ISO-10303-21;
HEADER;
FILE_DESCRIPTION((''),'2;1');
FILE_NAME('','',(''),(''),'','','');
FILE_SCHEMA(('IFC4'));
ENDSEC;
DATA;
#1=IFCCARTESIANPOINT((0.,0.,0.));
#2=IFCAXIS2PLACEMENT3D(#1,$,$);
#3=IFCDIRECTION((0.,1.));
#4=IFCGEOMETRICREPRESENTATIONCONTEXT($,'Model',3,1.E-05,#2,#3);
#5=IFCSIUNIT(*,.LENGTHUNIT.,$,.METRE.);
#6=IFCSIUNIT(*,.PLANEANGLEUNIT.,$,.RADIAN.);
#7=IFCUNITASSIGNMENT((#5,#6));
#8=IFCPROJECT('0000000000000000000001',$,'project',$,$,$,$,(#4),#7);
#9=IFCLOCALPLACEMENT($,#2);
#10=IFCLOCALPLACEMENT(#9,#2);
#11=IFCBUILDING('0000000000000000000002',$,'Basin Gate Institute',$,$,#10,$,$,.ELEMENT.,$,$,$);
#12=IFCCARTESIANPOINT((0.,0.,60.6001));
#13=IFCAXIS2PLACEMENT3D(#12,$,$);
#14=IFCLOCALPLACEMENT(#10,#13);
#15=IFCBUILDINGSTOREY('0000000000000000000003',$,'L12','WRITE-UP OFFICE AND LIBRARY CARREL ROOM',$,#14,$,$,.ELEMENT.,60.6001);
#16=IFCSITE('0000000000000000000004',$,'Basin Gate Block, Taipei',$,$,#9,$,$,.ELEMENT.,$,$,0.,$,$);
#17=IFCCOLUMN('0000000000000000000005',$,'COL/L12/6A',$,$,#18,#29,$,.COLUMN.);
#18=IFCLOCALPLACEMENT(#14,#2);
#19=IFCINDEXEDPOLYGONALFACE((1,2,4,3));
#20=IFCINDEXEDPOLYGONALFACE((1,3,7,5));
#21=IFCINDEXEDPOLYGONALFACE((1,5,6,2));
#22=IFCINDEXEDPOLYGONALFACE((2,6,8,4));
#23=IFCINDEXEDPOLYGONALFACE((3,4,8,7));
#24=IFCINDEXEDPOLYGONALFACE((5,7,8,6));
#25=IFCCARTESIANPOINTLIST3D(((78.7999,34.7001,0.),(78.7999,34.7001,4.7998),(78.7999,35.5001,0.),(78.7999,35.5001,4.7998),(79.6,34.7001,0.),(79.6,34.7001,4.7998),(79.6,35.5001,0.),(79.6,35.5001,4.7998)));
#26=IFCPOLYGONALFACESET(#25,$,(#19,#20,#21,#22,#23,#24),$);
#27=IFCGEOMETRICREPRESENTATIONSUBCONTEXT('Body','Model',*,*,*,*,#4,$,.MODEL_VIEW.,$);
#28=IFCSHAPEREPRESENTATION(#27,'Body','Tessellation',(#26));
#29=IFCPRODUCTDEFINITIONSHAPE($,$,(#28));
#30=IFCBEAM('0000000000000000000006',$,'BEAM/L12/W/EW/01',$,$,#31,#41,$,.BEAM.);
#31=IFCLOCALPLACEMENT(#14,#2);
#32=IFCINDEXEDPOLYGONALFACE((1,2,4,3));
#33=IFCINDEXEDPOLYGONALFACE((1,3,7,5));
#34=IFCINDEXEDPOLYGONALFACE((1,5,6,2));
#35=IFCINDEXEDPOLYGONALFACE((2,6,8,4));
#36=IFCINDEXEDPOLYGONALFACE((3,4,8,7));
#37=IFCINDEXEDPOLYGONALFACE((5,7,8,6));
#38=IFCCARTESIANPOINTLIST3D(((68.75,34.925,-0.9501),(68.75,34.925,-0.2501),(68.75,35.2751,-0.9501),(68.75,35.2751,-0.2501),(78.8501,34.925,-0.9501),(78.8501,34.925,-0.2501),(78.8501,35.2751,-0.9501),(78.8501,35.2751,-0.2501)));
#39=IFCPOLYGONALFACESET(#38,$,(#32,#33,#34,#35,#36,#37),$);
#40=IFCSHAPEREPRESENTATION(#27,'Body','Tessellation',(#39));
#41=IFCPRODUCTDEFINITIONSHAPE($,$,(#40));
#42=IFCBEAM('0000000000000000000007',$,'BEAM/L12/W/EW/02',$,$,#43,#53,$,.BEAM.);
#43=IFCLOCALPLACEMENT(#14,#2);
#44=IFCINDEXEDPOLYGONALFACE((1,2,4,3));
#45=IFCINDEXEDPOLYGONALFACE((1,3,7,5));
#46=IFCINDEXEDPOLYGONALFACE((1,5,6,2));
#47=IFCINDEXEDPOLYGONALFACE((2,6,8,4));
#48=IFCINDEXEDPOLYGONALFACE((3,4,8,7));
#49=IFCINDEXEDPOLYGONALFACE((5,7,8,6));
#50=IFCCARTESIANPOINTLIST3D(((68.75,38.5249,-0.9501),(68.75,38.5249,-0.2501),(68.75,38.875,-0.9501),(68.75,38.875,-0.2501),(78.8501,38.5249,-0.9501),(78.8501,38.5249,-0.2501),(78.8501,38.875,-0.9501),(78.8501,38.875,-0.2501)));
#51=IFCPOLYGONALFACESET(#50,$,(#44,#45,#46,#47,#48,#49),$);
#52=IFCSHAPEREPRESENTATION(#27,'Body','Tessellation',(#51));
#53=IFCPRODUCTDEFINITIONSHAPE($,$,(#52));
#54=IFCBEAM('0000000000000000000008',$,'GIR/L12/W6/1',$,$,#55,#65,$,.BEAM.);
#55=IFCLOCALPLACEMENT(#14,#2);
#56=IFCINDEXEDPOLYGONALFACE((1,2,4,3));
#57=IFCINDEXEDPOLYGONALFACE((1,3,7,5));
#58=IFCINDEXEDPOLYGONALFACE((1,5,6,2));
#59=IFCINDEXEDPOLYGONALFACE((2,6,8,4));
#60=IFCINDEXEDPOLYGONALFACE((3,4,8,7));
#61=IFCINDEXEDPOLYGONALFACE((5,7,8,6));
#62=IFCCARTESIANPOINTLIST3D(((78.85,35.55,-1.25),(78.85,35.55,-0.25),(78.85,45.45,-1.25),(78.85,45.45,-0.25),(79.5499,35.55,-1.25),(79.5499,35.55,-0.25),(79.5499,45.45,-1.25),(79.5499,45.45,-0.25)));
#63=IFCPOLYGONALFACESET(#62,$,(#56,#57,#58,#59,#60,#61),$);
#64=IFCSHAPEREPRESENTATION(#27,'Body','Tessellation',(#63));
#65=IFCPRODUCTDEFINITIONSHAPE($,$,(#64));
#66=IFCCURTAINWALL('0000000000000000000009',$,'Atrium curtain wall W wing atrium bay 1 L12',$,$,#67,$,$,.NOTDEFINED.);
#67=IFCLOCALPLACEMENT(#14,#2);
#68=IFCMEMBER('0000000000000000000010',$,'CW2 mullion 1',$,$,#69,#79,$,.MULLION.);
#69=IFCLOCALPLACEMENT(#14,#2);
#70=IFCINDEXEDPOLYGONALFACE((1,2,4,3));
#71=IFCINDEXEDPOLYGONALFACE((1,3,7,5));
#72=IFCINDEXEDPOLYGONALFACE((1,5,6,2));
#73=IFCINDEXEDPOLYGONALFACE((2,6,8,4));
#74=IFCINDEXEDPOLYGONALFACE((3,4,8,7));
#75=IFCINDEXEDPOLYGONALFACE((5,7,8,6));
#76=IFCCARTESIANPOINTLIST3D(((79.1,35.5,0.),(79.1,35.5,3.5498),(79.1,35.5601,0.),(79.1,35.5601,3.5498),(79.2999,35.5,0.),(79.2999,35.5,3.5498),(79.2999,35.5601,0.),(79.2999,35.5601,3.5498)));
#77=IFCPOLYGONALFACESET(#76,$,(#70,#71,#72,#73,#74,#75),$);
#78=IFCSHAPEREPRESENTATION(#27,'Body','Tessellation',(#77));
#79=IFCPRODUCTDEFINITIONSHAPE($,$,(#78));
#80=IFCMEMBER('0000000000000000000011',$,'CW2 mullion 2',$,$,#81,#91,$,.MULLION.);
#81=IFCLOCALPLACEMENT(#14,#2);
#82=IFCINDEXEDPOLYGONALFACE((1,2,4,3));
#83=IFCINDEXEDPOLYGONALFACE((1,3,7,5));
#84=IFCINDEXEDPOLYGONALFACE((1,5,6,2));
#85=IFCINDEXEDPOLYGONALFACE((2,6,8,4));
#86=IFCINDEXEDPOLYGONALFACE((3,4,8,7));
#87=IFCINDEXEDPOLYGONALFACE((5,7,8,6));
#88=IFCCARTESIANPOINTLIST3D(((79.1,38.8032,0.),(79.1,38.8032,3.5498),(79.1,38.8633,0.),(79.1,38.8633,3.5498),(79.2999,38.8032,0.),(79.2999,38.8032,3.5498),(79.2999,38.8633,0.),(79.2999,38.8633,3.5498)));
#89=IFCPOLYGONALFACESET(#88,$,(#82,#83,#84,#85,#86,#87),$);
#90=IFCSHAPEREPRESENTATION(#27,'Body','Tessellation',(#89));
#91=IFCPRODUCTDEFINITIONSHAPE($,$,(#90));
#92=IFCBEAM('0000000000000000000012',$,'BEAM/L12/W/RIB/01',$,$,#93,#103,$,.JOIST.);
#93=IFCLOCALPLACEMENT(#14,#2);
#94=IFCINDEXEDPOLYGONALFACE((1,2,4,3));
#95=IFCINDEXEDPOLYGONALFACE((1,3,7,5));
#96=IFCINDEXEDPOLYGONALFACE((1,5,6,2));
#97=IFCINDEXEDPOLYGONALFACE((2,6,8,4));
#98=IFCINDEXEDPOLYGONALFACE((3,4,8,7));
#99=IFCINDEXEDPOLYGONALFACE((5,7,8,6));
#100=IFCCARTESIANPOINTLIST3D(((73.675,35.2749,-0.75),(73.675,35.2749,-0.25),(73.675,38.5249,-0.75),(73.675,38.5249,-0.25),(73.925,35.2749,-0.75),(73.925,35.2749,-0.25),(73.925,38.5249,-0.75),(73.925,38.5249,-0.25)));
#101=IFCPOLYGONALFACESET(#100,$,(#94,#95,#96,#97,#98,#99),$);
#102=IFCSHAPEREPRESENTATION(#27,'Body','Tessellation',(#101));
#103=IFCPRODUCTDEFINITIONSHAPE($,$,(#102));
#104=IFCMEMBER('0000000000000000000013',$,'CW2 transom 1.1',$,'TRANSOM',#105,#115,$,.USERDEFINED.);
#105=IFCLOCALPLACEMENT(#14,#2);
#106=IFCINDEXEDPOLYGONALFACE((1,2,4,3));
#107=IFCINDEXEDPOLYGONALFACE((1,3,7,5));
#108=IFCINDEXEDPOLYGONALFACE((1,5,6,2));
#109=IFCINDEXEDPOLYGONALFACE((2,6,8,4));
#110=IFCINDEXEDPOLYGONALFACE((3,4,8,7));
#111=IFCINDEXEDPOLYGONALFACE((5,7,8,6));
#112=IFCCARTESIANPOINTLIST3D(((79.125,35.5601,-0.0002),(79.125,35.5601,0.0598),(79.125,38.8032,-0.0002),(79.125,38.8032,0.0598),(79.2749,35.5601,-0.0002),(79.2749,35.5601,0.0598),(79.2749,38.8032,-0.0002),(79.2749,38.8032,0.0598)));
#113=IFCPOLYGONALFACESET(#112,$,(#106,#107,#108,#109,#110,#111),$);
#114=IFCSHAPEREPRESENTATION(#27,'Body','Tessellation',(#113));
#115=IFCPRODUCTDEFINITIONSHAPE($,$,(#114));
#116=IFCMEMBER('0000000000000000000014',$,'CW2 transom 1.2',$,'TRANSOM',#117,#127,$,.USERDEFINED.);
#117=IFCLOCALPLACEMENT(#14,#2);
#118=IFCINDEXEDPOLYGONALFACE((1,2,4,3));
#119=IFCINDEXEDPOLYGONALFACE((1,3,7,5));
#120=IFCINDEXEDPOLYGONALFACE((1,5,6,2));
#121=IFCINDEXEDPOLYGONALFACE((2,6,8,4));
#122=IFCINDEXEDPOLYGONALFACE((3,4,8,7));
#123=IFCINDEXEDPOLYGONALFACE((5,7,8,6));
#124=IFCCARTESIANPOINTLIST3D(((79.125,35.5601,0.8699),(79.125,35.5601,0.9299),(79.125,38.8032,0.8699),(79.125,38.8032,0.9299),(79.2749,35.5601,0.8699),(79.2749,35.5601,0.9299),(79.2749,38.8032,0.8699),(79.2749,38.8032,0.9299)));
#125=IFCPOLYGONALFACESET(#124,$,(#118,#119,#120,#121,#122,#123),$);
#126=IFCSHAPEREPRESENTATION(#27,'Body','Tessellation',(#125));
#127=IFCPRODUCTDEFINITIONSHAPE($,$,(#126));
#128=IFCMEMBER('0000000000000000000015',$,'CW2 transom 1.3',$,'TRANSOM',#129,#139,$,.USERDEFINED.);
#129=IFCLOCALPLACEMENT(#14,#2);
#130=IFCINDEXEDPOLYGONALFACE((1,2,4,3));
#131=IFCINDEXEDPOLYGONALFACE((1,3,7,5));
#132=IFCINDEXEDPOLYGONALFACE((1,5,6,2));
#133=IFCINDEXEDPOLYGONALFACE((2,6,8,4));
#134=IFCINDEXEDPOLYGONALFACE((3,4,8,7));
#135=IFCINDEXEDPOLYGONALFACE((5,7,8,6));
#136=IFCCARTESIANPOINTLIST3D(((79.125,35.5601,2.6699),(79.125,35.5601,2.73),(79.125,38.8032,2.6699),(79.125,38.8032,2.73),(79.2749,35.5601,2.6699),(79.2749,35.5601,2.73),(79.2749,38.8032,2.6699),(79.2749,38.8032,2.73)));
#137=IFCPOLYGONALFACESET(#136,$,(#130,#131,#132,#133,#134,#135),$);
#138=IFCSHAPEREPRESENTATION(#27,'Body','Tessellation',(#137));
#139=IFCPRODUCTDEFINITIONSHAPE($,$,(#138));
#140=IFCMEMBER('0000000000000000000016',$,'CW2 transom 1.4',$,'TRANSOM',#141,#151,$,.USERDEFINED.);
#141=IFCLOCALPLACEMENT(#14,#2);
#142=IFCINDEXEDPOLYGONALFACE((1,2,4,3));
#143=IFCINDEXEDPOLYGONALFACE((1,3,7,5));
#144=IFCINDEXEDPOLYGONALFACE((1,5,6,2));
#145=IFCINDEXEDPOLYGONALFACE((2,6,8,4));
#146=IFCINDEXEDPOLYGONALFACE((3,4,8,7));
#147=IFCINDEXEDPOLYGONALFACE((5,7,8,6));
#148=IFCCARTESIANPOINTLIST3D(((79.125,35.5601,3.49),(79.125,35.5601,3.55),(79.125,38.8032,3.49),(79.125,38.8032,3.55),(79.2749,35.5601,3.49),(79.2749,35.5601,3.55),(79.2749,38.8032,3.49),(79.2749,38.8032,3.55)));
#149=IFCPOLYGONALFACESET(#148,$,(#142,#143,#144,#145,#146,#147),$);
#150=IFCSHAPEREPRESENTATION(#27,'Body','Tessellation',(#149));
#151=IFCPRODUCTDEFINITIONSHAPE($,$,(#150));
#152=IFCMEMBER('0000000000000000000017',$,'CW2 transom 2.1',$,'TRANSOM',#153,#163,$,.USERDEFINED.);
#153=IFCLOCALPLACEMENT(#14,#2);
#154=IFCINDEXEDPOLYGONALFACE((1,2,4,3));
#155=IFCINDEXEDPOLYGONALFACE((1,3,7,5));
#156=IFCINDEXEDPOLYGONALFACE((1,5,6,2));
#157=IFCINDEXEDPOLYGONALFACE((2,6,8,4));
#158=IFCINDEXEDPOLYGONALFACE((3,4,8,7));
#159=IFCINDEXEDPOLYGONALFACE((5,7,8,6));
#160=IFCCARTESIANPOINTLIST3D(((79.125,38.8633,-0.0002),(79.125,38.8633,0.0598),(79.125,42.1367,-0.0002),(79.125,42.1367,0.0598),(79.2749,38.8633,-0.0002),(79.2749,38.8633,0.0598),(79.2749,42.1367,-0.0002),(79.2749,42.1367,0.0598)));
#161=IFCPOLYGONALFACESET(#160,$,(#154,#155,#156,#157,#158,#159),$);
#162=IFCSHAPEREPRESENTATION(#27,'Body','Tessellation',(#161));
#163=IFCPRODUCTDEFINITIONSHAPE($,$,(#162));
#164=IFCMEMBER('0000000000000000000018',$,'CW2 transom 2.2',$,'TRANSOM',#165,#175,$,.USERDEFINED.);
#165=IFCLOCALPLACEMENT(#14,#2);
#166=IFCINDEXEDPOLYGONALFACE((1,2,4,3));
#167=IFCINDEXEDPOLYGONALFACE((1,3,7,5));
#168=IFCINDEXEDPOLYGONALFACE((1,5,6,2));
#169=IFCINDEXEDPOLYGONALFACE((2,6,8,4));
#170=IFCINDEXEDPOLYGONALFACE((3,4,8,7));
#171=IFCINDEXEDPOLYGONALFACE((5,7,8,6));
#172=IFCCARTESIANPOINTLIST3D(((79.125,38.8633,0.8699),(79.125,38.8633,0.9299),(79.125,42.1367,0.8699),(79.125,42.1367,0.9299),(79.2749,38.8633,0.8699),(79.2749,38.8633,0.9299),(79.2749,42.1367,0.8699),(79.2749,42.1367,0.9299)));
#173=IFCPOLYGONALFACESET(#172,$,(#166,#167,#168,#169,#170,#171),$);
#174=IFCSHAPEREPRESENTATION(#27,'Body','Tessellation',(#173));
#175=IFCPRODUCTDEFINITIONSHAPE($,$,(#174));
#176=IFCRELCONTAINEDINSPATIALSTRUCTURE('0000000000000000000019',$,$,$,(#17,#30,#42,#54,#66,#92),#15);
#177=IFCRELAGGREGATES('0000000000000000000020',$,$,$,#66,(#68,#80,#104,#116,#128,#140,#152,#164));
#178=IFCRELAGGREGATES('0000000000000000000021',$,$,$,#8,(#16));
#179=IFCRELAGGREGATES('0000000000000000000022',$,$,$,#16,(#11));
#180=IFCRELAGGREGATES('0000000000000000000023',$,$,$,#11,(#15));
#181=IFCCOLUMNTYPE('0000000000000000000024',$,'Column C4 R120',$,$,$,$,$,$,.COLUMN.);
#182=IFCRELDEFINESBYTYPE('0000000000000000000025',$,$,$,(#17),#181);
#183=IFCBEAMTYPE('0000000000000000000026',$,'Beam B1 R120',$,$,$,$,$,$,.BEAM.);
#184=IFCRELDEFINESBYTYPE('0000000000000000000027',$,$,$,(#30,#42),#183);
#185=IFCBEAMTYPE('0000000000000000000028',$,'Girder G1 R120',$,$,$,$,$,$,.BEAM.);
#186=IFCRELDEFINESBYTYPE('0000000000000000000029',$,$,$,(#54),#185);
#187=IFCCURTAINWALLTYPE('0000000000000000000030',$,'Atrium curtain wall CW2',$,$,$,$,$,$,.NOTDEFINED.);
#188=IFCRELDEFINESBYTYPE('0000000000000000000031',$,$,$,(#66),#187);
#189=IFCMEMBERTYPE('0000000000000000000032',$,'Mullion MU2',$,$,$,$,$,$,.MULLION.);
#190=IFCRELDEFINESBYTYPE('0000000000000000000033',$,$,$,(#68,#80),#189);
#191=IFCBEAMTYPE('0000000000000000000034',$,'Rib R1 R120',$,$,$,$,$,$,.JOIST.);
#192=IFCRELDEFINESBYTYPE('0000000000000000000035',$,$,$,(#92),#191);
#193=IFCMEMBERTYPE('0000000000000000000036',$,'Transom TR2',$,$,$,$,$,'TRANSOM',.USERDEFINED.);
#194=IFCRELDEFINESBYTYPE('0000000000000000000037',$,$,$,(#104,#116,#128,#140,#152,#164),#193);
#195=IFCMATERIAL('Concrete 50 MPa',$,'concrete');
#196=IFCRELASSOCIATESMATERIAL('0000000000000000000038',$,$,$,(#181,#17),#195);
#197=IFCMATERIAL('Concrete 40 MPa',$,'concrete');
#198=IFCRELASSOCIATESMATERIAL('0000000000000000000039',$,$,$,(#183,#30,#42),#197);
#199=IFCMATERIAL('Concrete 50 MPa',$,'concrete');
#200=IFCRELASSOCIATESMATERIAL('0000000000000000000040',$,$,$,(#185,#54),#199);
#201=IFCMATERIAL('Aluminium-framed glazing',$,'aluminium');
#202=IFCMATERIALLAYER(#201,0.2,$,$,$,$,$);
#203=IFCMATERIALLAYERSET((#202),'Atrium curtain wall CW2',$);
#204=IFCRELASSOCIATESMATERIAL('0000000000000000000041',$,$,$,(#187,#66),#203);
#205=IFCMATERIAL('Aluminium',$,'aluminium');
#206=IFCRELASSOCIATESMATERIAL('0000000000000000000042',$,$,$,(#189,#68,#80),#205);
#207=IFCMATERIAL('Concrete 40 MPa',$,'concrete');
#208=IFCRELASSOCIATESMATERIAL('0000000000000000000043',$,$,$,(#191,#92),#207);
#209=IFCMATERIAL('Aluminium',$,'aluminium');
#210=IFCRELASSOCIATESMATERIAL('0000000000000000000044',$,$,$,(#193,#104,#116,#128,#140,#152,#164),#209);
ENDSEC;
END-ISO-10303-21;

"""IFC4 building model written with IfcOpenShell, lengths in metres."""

from ifc_helpers import new_model, si_unit, direction, frame, origin, origin_2d, place, context, subcontext, project, spatial, rectangle, extrude, material, layer, layer_set, material_profile, profile_set, type_object, element, aggregate, save


model = new_model("IFC4")

# Units and contexts
model_context = context("Model", 3, precision=1e-05, world=origin(), true_north=direction((0.0, 1.0)))
body_context = subcontext(model_context, "Body", "Model", "MODEL_VIEW")
ifc_project = project(units=[si_unit("LENGTHUNIT", "METRE"), si_unit("PLANEANGLEUNIT", "RADIAN")], contexts=[model_context])

# Site, building, storey
site_placement = place(None, origin())
site = spatial("IfcSite", under=ifc_project, at=site_placement, Name="Basin Gate Block, Taipei", CompositionType="ELEMENT", RefElevation=0.0)
building_placement = place(site_placement, origin())
building = spatial("IfcBuilding", under=site, at=building_placement, Name="Basin Gate Institute", CompositionType="ELEMENT")
storey_placement = place(building_placement, frame((0.0, 0.0, 60.6001)))
storey = spatial("IfcBuildingStorey", under=building, at=storey_placement, Name="L12", Description="WRITE-UP OFFICE AND LIBRARY CARREL ROOM", CompositionType="ELEMENT", Elevation=60.6001)

# Column
ifc_material_1 = material(Name="Concrete 50 MPa", Category="concrete")
ifc_material_profile_1 = material_profile(ifc_material_1, rectangle(XDim=0.8, YDim=0.8, at=origin_2d()), Name="Column C4 800 x 800")
ifc_profile_set_1 = profile_set([ifc_material_profile_1], Name="Concrete 50 MPa")
column_type = type_object("IfcColumnType", Name="Column C4 R120", PredefinedType="COLUMN", material=ifc_profile_set_1)
column_placement = place(storey_placement, frame((79.2, 35.1001, 0.0), z_axis=(0.0, 0.0, 1.0), x_axis=(1.0, 0.0, 0.0)))
element("IfcColumn", 1, at=column_placement, inside=storey, type_object=column_type, material=ifc_profile_set_1, Name="COL/L12/6A", PredefinedType="COLUMN", context=body_context, shape_type="SweptSolid", body=[
    extrude(rectangle(XDim=0.8, YDim=0.8, at=origin_2d()), origin(), (0.0, 0.0, 1.0), 4.7998),
])

# Beams
ifc_material_2 = material(Name="Concrete 40 MPa", Category="concrete")
ifc_material_profile_2 = material_profile(ifc_material_2, rectangle(XDim=0.3501, YDim=0.7, at=origin_2d()), Name="Beam B1 350 x 700")
ifc_profile_set_2 = profile_set([ifc_material_profile_2], Name="Concrete 40 MPa")
beam_type_1 = type_object("IfcBeamType", Name="Beam B1 R120", PredefinedType="BEAM", material=ifc_profile_set_2)
for number, where, z_axis, x_axis, name in (
    (2, (68.75, 35.1001, -0.6001), (1.0, 0.0, 0.0), (0.0, 1.0, 0.0), "BEAM/L12/W/EW/01"),
    (3, (68.75, 38.7, -0.6001), (1.0, 0.0, 0.0), (0.0, 1.0, 0.0), "BEAM/L12/W/EW/02"),
):
    element("IfcBeam", number, at=place(storey_placement, frame(where, z_axis=z_axis, x_axis=x_axis)), inside=storey, type_object=beam_type_1, material=ifc_profile_set_2, Name=name, PredefinedType="BEAM", context=body_context, shape_type="SweptSolid", body=[
        extrude(rectangle(XDim=0.3501, YDim=0.7, at=origin_2d()), origin(), (0.0, 0.0, 1.0), 10.1001),
    ])
ifc_material_3 = material(Name="Concrete 50 MPa", Category="concrete")
ifc_material_profile_3 = material_profile(ifc_material_3, rectangle(XDim=0.7, YDim=1.0, at=origin_2d()), Name="Girder G1 700 x 1000")
ifc_profile_set_3 = profile_set([ifc_material_profile_3], Name="Concrete 50 MPa")
beam_type_2 = type_object("IfcBeamType", Name="Girder G1 R120", PredefinedType="BEAM", material=ifc_profile_set_3)
beam_1_placement = place(storey_placement, frame((79.2, 35.55, -0.75), z_axis=(0.0, 1.0, 0.0), x_axis=(-1.0, 0.0, 0.0)))
element("IfcBeam", 4, at=beam_1_placement, inside=storey, type_object=beam_type_2, material=ifc_profile_set_3, Name="GIR/L12/W6/1", PredefinedType="BEAM", context=body_context, shape_type="SweptSolid", body=[
    extrude(rectangle(XDim=0.7, YDim=1.0, at=origin_2d()), origin(), (0.0, 0.0, 1.0), 9.8999),
])

# Curtain wall, members
ifc_material_4 = material(Name="Aluminium-framed glazing", Category="aluminium")
ifc_layer_1 = layer(ifc_material_4, 0.2)
ifc_layer_set_1 = layer_set([ifc_layer_1], Name="Atrium curtain wall CW2")
curtain_wall_type = type_object("IfcCurtainWallType", Name="Atrium curtain wall CW2", PredefinedType="NOTDEFINED", material=ifc_layer_set_1)
curtain_wall_placement = place(storey_placement, origin())
curtain_wall = element("IfcCurtainWall", 5, at=curtain_wall_placement, inside=storey, type_object=curtain_wall_type, material=ifc_layer_set_1, Name="Atrium curtain wall W wing atrium bay 1 L12", PredefinedType="NOTDEFINED")
ifc_material_5 = material(Name="Aluminium", Category="aluminium")
ifc_material_profile_4 = material_profile(ifc_material_5, rectangle(XDim=0.2, YDim=0.0601, at=origin_2d()), Name="Mullion MU2 200 x 60")
ifc_profile_set_4 = profile_set([ifc_material_profile_4], Name="Aluminium")
member_type_1 = type_object("IfcMemberType", Name="Mullion MU2", PredefinedType="MULLION", material=ifc_profile_set_4)
member_1_placement = place(storey_placement, frame((79.2, 35.53, 0.0), z_axis=(0.0, 0.0, 1.0), x_axis=(-1.0, 0.0, 0.0)))
member_1 = element("IfcMember", 6, at=member_1_placement, type_object=member_type_1, material=ifc_profile_set_4, Name="CW2 mullion 1", PredefinedType="MULLION", context=body_context, shape_type="SweptSolid", body=[
    extrude(rectangle(XDim=0.2, YDim=0.0601, at=origin_2d()), origin(), (0.0, 0.0, 1.0), 3.5498),
])
member_2_placement = place(storey_placement, frame((79.2, 38.8333, 0.0), z_axis=(0.0, 0.0, 1.0), x_axis=(-1.0, 0.0, 0.0)))
member_2 = element("IfcMember", 7, at=member_2_placement, type_object=member_type_1, material=ifc_profile_set_4, Name="CW2 mullion 2", PredefinedType="MULLION", context=body_context, shape_type="SweptSolid", body=[
    extrude(rectangle(XDim=0.2, YDim=0.0601, at=origin_2d()), origin(), (0.0, 0.0, 1.0), 3.5498),
])

# Beam
ifc_material_6 = material(Name="Concrete 40 MPa", Category="concrete")
ifc_material_profile_5 = material_profile(ifc_material_6, rectangle(XDim=0.25, YDim=0.5, at=origin_2d()), Name="Rib R1 250 x 500")
ifc_profile_set_5 = profile_set([ifc_material_profile_5], Name="Concrete 40 MPa")
beam_type_3 = type_object("IfcBeamType", Name="Rib R1 R120", PredefinedType="JOIST", material=ifc_profile_set_5)
beam_2_placement = place(storey_placement, frame((73.8, 35.2749, -0.5), z_axis=(0.0, 1.0, 0.0), x_axis=(-1.0, 0.0, 0.0)))
element("IfcBeam", 8, at=beam_2_placement, inside=storey, type_object=beam_type_3, material=ifc_profile_set_5, Name="BEAM/L12/W/RIB/01", PredefinedType="JOIST", context=body_context, shape_type="SweptSolid", body=[
    extrude(rectangle(XDim=0.25, YDim=0.5, at=origin_2d()), origin(), (0.0, 0.0, 1.0), 3.25),
])

# Members
ifc_material_7 = material(Name="Aluminium", Category="aluminium")
ifc_material_profile_6 = material_profile(ifc_material_7, rectangle(XDim=0.1499, YDim=0.0601, at=origin_2d()), Name="Transom TR2 150 x 60")
ifc_profile_set_6 = profile_set([ifc_material_profile_6], Name="Aluminium")
member_type_2 = type_object("IfcMemberType", Name="Transom TR2", ElementType="TRANSOM", PredefinedType="USERDEFINED", material=ifc_profile_set_6)
member_3_placement = place(storey_placement, frame((79.2, 35.5601, 0.0298), z_axis=(0.0, 1.0, 0.0), x_axis=(-1.0, 0.0, 0.0)))
member_3 = element("IfcMember", 9, at=member_3_placement, type_object=member_type_2, material=ifc_profile_set_6, Name="CW2 transom 1.1", ObjectType="TRANSOM", PredefinedType="USERDEFINED", context=body_context, shape_type="SweptSolid", body=[
    extrude(rectangle(XDim=0.1499, YDim=0.0601, at=origin_2d()), origin(), (0.0, 0.0, 1.0), 3.2432),
])
member_4_placement = place(storey_placement, frame((79.2, 35.5601, 0.8999), z_axis=(0.0, 1.0, 0.0), x_axis=(-1.0, 0.0, 0.0)))
member_4 = element("IfcMember", 10, at=member_4_placement, type_object=member_type_2, material=ifc_profile_set_6, Name="CW2 transom 1.2", ObjectType="TRANSOM", PredefinedType="USERDEFINED", context=body_context, shape_type="SweptSolid", body=[
    extrude(rectangle(XDim=0.1499, YDim=0.0601, at=origin_2d()), origin(), (0.0, 0.0, 1.0), 3.2432),
])
member_5_placement = place(storey_placement, frame((79.2, 35.5601, 2.7), z_axis=(0.0, 1.0, 0.0), x_axis=(-1.0, 0.0, 0.0)))
member_5 = element("IfcMember", 11, at=member_5_placement, type_object=member_type_2, material=ifc_profile_set_6, Name="CW2 transom 1.3", ObjectType="TRANSOM", PredefinedType="USERDEFINED", context=body_context, shape_type="SweptSolid", body=[
    extrude(rectangle(XDim=0.1499, YDim=0.0601, at=origin_2d()), origin(), (0.0, 0.0, 1.0), 3.2432),
])
member_6_placement = place(storey_placement, frame((79.2, 35.5601, 3.52), z_axis=(0.0, 1.0, 0.0), x_axis=(-1.0, 0.0, 0.0)))
member_6 = element("IfcMember", 12, at=member_6_placement, type_object=member_type_2, material=ifc_profile_set_6, Name="CW2 transom 1.4", ObjectType="TRANSOM", PredefinedType="USERDEFINED", context=body_context, shape_type="SweptSolid", body=[
    extrude(rectangle(XDim=0.1499, YDim=0.0601, at=origin_2d()), origin(), (0.0, 0.0, 1.0), 3.2432),
])
member_7_placement = place(storey_placement, frame((79.2, 38.8633, 0.0298), z_axis=(0.0, 1.0, 0.0), x_axis=(-1.0, 0.0, 0.0)))
member_7 = element("IfcMember", 13, at=member_7_placement, type_object=member_type_2, material=ifc_profile_set_6, Name="CW2 transom 2.1", ObjectType="TRANSOM", PredefinedType="USERDEFINED", context=body_context, shape_type="SweptSolid", body=[
    extrude(rectangle(XDim=0.1499, YDim=0.0601, at=origin_2d()), origin(), (0.0, 0.0, 1.0), 3.2734),
])
member_8_placement = place(storey_placement, frame((79.2, 38.8633, 0.8999), z_axis=(0.0, 1.0, 0.0), x_axis=(-1.0, 0.0, 0.0)))
member_8 = element("IfcMember", 14, at=member_8_placement, type_object=member_type_2, material=ifc_profile_set_6, Name="CW2 transom 2.2", ObjectType="TRANSOM", PredefinedType="USERDEFINED", context=body_context, shape_type="SweptSolid", body=[
    extrude(rectangle(XDim=0.1499, YDim=0.0601, at=origin_2d()), origin(), (0.0, 0.0, 1.0), 3.2734),
])

aggregate(curtain_wall, [member_1, member_2, member_3, member_4, member_5, member_6, member_7, member_8])

save(model, "model.ifc")
